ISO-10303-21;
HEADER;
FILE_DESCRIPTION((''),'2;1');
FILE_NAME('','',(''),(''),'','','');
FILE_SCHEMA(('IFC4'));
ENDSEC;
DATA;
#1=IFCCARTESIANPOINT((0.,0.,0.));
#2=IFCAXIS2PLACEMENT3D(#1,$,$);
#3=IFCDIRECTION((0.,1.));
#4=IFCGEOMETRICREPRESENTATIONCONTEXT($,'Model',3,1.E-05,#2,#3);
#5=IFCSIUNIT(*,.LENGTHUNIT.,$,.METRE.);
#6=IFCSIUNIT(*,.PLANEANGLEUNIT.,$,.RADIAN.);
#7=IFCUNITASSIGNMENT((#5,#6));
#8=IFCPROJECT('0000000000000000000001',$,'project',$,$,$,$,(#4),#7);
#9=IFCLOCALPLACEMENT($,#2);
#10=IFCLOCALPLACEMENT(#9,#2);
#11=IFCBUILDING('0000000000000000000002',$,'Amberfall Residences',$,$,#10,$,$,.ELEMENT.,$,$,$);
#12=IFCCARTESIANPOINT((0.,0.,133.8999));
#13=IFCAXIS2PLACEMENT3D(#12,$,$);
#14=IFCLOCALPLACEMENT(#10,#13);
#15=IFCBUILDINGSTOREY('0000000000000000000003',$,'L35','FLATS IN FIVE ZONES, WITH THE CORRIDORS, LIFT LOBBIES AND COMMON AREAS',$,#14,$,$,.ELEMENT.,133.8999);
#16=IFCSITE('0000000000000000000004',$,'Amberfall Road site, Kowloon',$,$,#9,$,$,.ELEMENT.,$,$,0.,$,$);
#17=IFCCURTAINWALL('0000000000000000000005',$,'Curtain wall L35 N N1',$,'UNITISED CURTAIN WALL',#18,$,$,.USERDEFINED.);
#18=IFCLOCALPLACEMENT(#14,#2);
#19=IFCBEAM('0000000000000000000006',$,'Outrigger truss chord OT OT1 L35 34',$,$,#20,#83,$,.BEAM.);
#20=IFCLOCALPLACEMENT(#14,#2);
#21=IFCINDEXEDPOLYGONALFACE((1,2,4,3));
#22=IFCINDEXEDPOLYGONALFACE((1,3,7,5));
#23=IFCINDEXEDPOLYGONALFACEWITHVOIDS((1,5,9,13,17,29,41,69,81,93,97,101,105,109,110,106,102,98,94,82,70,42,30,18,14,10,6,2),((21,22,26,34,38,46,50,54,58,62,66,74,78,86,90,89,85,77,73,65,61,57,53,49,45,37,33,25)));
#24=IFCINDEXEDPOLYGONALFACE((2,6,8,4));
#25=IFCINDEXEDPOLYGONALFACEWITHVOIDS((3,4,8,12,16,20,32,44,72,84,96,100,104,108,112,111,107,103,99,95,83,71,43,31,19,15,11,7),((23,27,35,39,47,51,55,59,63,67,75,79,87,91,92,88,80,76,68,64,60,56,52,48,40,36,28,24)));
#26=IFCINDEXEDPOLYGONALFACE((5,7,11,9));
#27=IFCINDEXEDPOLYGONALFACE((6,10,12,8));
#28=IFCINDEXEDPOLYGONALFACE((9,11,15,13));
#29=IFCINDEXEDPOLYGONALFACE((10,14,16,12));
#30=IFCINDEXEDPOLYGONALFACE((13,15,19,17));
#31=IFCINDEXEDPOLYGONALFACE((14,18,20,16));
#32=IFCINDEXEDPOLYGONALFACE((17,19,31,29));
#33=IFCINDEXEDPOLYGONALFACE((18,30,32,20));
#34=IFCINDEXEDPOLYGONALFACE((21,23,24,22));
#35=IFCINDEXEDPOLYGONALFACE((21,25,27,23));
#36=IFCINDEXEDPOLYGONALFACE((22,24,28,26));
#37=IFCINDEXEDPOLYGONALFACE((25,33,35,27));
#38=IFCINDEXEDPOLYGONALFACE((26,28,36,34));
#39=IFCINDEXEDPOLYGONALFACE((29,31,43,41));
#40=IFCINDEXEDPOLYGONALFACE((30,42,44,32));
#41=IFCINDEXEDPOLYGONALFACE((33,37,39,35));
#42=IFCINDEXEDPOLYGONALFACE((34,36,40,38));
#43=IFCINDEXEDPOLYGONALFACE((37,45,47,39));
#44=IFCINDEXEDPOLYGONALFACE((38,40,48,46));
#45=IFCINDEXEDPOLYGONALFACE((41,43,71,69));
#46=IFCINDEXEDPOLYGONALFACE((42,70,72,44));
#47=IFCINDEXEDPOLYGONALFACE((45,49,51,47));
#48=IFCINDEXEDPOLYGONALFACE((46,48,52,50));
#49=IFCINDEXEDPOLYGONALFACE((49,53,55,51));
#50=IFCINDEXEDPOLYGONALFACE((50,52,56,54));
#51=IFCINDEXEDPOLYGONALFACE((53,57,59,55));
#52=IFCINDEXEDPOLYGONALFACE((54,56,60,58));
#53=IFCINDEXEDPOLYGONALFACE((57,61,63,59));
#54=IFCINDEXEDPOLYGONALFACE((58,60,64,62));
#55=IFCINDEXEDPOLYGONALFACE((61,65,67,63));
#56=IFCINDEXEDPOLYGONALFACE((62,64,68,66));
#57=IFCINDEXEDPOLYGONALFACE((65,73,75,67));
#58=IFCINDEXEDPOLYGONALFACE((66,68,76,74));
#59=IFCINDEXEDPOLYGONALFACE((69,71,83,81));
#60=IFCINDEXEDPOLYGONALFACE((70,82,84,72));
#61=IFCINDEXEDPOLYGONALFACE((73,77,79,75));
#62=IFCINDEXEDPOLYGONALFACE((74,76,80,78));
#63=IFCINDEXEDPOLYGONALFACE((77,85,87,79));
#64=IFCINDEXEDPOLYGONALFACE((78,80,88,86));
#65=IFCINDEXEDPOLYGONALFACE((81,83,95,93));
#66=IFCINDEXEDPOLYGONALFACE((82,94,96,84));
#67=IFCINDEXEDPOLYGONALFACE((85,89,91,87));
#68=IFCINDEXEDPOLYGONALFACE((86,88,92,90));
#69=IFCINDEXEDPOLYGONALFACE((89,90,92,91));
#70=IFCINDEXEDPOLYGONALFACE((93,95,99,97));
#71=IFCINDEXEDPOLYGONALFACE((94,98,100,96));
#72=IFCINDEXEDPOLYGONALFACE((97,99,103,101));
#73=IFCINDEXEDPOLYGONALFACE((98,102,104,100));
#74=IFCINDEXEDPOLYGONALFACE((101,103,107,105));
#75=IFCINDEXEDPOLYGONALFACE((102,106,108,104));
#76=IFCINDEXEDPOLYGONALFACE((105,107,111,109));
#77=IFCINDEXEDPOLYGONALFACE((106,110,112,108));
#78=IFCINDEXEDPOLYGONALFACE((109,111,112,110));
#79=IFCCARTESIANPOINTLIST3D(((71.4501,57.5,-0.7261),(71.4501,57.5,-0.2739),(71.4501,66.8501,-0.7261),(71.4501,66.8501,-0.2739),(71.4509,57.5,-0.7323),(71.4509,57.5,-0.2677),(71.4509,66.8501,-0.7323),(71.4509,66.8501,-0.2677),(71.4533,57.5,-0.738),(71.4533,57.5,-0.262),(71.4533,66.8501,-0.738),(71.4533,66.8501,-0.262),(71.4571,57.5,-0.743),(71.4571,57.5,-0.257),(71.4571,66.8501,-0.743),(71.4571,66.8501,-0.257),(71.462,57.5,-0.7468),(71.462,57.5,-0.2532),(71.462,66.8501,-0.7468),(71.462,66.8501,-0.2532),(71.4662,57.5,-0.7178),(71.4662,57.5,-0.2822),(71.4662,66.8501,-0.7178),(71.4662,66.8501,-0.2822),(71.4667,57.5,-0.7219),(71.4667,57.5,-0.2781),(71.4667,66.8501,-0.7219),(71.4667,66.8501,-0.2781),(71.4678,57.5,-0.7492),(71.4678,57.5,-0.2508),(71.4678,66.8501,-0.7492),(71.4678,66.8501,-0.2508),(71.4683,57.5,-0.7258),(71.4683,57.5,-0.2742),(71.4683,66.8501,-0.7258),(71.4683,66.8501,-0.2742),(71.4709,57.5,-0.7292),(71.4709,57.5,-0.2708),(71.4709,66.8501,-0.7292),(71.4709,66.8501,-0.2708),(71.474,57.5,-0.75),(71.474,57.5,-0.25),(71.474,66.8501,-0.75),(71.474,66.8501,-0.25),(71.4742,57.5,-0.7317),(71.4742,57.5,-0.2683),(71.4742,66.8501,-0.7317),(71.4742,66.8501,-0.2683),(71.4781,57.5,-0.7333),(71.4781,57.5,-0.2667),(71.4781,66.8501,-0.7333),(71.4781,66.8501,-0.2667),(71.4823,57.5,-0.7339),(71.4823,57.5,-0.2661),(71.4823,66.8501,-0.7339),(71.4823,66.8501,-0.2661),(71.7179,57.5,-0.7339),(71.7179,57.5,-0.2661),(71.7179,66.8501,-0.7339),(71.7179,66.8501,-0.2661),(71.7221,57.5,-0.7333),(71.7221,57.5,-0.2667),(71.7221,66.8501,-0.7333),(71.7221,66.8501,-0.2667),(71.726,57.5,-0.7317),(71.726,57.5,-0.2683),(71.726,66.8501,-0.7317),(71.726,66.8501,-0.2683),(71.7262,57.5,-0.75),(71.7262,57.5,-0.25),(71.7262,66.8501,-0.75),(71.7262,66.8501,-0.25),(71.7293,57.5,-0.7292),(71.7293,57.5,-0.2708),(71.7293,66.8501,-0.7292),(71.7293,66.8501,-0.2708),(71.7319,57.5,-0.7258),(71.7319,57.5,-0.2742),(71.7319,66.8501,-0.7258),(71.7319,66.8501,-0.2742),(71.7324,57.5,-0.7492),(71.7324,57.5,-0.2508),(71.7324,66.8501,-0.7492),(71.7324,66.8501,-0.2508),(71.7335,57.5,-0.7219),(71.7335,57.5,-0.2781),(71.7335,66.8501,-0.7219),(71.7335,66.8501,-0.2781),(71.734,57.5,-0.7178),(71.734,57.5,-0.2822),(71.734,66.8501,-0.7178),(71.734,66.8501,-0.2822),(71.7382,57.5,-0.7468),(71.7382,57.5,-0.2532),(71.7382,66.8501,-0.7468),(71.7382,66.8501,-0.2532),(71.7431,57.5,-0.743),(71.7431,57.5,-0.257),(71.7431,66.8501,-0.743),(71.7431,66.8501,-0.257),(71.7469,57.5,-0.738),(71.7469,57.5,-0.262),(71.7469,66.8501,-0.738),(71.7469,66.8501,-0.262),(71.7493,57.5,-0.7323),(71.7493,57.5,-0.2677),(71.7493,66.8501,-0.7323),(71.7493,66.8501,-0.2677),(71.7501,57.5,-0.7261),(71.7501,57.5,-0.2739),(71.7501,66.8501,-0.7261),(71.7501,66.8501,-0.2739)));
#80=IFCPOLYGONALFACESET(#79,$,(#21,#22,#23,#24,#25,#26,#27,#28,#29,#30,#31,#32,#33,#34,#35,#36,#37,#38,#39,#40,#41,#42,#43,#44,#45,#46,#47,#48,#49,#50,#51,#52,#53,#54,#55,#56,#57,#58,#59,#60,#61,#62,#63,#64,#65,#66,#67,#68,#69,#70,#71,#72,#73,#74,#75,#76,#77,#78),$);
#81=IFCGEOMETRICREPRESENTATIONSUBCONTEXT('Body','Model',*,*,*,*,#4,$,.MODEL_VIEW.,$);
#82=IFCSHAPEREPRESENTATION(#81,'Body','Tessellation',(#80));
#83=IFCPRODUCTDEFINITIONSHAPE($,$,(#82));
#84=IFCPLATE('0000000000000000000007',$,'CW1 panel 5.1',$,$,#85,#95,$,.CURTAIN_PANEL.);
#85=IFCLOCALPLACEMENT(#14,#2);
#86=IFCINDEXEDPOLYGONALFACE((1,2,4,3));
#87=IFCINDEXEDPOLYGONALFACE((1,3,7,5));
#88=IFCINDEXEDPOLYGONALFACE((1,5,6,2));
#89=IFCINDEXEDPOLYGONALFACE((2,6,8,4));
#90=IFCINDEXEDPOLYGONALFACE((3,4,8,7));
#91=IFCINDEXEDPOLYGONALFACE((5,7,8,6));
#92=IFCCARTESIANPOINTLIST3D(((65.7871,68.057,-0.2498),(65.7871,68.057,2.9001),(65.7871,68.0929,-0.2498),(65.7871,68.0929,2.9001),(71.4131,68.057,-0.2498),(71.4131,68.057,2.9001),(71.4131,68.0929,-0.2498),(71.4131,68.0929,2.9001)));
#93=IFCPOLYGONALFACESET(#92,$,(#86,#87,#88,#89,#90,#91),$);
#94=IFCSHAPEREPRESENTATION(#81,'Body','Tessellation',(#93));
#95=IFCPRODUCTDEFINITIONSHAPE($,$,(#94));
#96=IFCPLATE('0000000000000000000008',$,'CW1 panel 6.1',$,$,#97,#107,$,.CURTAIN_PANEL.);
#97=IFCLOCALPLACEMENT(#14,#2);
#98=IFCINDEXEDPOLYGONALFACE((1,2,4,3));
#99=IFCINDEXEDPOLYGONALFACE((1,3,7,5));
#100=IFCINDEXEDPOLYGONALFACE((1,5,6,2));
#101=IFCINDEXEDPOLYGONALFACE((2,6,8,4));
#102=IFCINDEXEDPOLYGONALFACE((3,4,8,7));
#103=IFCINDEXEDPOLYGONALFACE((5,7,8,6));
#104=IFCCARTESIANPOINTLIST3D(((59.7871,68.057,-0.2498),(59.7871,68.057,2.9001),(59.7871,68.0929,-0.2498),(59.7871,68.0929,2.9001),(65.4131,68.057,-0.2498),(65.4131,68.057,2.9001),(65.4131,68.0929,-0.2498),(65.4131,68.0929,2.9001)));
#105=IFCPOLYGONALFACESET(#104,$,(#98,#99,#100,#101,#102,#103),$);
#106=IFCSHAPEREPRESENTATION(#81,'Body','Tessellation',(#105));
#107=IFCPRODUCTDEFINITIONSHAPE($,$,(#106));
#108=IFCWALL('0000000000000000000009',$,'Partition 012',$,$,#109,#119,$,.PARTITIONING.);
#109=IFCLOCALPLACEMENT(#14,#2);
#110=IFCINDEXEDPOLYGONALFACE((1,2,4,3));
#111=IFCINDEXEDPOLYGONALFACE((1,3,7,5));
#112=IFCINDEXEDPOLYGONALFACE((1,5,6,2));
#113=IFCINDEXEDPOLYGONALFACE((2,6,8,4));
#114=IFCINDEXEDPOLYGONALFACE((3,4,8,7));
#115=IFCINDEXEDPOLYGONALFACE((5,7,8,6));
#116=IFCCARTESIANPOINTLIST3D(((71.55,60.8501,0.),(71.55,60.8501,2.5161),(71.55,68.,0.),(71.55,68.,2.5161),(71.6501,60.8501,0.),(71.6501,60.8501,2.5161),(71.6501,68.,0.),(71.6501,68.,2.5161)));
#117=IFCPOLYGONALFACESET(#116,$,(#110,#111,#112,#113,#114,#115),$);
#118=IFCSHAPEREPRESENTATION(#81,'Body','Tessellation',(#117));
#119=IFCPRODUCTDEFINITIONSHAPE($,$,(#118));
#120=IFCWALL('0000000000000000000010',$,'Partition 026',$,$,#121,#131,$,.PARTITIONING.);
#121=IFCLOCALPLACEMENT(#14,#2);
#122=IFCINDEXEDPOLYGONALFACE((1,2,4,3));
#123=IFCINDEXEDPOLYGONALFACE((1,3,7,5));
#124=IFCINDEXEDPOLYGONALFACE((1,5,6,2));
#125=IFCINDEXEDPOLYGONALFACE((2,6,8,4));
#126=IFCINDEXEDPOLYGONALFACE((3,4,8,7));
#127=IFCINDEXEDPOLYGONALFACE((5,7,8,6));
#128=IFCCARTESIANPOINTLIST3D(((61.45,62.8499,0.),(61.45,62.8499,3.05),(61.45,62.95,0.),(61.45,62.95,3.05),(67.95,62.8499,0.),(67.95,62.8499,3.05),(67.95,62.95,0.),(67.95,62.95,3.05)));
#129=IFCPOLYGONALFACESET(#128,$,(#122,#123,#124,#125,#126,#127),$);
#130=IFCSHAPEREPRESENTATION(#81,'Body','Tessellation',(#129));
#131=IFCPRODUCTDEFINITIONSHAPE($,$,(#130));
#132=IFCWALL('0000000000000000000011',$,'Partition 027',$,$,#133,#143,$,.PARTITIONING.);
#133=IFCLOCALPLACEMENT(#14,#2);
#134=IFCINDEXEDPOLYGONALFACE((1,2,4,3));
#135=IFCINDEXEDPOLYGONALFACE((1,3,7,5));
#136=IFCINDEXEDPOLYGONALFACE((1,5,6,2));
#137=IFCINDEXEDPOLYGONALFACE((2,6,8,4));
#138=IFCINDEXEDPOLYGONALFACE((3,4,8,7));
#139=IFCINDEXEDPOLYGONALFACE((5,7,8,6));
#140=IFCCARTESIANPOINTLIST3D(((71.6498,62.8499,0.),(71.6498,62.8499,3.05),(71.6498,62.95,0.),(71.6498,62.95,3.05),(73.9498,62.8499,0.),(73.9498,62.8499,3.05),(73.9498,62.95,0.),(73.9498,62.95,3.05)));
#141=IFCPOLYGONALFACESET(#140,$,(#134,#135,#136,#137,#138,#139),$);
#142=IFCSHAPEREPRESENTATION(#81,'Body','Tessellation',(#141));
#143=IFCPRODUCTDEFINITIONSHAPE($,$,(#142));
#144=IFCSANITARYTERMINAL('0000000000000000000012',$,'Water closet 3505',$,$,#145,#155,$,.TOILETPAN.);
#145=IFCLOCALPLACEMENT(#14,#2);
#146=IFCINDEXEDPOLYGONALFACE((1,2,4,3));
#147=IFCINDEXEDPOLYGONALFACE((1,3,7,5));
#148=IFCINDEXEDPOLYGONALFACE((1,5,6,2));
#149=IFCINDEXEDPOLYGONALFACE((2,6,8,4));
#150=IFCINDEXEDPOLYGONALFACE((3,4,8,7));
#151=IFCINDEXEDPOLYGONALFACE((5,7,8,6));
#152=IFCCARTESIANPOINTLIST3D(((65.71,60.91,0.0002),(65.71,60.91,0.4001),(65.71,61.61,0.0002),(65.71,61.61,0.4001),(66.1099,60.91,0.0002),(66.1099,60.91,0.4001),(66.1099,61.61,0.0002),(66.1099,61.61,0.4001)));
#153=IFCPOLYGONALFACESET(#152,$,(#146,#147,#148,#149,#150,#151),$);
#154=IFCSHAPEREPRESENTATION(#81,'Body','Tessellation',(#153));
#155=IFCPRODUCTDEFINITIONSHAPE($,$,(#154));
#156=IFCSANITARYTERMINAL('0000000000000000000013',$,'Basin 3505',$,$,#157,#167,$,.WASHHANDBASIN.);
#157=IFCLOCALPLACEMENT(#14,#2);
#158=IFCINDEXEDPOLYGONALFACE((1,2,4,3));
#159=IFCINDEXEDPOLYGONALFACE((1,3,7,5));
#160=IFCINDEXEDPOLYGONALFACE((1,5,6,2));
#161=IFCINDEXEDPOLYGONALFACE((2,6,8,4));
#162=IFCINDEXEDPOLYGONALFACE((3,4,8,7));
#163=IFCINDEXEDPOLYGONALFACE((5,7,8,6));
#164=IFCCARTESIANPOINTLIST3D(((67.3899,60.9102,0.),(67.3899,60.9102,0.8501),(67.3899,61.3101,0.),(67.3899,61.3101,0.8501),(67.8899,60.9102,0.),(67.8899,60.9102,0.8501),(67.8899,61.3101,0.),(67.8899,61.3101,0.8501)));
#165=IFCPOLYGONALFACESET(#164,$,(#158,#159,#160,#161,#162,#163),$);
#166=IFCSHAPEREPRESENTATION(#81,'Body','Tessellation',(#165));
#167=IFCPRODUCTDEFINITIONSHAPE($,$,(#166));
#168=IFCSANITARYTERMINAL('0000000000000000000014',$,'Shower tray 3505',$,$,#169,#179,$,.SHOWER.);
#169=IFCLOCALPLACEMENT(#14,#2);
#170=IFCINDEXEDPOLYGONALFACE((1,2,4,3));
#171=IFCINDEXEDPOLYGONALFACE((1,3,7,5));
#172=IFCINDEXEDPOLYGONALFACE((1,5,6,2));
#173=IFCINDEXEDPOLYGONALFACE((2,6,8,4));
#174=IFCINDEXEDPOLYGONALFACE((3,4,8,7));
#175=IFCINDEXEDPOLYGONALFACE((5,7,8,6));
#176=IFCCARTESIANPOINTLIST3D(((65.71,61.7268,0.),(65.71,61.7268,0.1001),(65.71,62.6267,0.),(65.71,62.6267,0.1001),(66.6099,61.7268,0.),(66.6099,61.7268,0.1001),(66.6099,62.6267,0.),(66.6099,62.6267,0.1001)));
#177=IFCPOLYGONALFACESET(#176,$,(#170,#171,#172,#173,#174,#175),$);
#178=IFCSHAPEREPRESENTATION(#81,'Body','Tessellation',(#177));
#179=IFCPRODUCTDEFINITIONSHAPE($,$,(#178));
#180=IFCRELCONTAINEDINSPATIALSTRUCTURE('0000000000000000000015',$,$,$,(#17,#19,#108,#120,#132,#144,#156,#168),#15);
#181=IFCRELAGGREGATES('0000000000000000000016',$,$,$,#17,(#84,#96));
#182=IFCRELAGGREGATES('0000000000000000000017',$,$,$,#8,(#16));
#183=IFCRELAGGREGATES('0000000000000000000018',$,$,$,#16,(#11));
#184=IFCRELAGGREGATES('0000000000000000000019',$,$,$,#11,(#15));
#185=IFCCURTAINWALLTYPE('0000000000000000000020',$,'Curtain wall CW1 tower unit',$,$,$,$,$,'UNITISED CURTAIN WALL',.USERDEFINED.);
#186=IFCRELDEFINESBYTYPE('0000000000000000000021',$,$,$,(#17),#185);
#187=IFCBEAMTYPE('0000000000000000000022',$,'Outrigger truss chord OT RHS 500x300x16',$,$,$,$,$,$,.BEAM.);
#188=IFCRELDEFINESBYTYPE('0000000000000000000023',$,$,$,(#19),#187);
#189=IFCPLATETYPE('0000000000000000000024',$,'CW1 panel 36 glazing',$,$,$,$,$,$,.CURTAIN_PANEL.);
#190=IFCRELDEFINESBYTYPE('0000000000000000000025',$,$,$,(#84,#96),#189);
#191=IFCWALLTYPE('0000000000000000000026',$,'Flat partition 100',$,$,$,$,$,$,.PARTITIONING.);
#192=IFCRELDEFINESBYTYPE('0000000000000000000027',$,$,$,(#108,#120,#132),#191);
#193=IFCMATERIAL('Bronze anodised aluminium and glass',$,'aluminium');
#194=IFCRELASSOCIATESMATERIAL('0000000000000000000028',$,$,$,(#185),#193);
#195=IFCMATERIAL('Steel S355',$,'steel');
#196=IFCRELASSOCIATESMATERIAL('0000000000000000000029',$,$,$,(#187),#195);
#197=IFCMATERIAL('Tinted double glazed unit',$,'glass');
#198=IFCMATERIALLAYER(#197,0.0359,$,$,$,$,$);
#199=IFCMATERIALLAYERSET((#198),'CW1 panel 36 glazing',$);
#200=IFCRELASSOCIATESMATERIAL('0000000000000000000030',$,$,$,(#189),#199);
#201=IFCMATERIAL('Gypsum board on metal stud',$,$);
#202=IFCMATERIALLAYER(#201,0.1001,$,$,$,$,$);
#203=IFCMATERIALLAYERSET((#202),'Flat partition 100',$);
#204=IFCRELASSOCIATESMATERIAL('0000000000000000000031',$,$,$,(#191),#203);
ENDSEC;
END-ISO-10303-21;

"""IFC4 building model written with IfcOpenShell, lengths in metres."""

from ifc_helpers import new_model, si_unit, direction, frame, frame_2d, origin, origin_2d, place, context, subcontext, project, spatial, rectangle, hollow_rectangle, extrude, material, layer, layer_set, material_profile, profile_set, type_object, element, aggregate, save


model = new_model("IFC4")

# Units and contexts
model_context = context("Model", 3, precision=1e-05, world=origin(), true_north=direction((0.0, 1.0)))
body_context = subcontext(model_context, "Body", "Model", "MODEL_VIEW")
ifc_project = project(units=[si_unit("LENGTHUNIT", "METRE"), si_unit("PLANEANGLEUNIT", "RADIAN")], contexts=[model_context])

# Site, building, storey
site_placement = place(None, origin())
site = spatial("IfcSite", under=ifc_project, at=site_placement, Name="Amberfall Road site, Kowloon", CompositionType="ELEMENT", RefElevation=0.0)
building_placement = place(site_placement, origin())
building = spatial("IfcBuilding", under=site, at=building_placement, Name="Amberfall Residences", CompositionType="ELEMENT")
storey_placement = place(building_placement, frame((0.0, 0.0, 133.8999)))
storey = spatial("IfcBuildingStorey", under=building, at=storey_placement, Name="L35", Description="FLATS IN FIVE ZONES, WITH THE CORRIDORS, LIFT LOBBIES AND COMMON AREAS", CompositionType="ELEMENT", Elevation=133.8999)

# Shared definitions
ifc_material_1 = material(Name="Steel S355", Category="steel")

# Curtain wall
ifc_material_2 = material(Name="Bronze anodised aluminium and glass", Category="aluminium")
curtain_wall_type = type_object("IfcCurtainWallType", Name="Curtain wall CW1 tower unit", ElementType="UNITISED CURTAIN WALL", PredefinedType="USERDEFINED", material=ifc_material_2)
curtain_wall_placement = place(storey_placement, origin())
curtain_wall = element("IfcCurtainWall", 1, at=curtain_wall_placement, inside=storey, type_object=curtain_wall_type, Name="Curtain wall L35 N N1", ObjectType="UNITISED CURTAIN WALL", PredefinedType="USERDEFINED")

# Beam
ifc_material_profile_1 = material_profile(ifc_material_1, hollow_rectangle(XDim=0.3, YDim=0.5, WallThickness=0.0161, InnerFilletRadius=0.0161, OuterFilletRadius=0.0239, at=origin_2d()), Name="RHS 500x300x16")
ifc_profile_set_1 = profile_set([ifc_material_profile_1], Name="Steel S355")
beam_type_1 = type_object("IfcBeamType", Name="Outrigger truss chord OT RHS 500x300x16", PredefinedType="BEAM", material=ifc_profile_set_1)
beam_1_placement = place(storey_placement, frame((71.6001, 66.8501, -0.5), z_axis=(0.0, -1.0, 0.0), x_axis=(1.0, 0.0, 0.0)))
element("IfcBeam", 2, at=beam_1_placement, inside=storey, type_object=beam_type_1, Name="Outrigger truss chord OT OT1 L35 34", PredefinedType="BEAM", context=body_context, shape_type="SweptSolid", body=[
    extrude(hollow_rectangle(XDim=0.3, YDim=0.5, WallThickness=0.0161, InnerFilletRadius=0.0161, OuterFilletRadius=0.0239, at=origin_2d()), origin(), (0.0, 0.0, 1.0), 9.3501),
])

# Plates
ifc_material_3 = material(Name="Tinted double glazed unit", Category="glass")
ifc_layer_1 = layer(ifc_material_3, 0.0359)
ifc_layer_set_1 = layer_set([ifc_layer_1], Name="CW1 panel 36 glazing")
plate_type = type_object("IfcPlateType", Name="CW1 panel 36 glazing", PredefinedType="CURTAIN_PANEL", material=ifc_layer_set_1)
plate_1_placement = place(storey_placement, frame((68.6001, 68.075, -0.2498), z_axis=(0.0, 0.0, 1.0), x_axis=(-1.0, 0.0, 0.0)))
plate_1 = element("IfcPlate", 3, at=plate_1_placement, type_object=plate_type, Name="CW1 panel 5.1", PredefinedType="CURTAIN_PANEL", context=body_context, shape_type="SweptSolid", body=[
    extrude(rectangle(XDim=5.626, YDim=0.0359, at=origin_2d()), origin(), (0.0, 0.0, 1.0), 3.1499),
])
plate_2_placement = place(storey_placement, frame((62.6001, 68.075, -0.2498), z_axis=(0.0, 0.0, 1.0), x_axis=(-1.0, 0.0, 0.0)))
plate_2 = element("IfcPlate", 4, at=plate_2_placement, type_object=plate_type, Name="CW1 panel 6.1", PredefinedType="CURTAIN_PANEL", context=body_context, shape_type="SweptSolid", body=[
    extrude(rectangle(XDim=5.626, YDim=0.0359, at=origin_2d()), origin(), (0.0, 0.0, 1.0), 3.1499),
])
aggregate(curtain_wall, [plate_1, plate_2])

# Walls
ifc_material_4 = material(Name="Gypsum board on metal stud")
ifc_layer_2 = layer(ifc_material_4, 0.1001)
ifc_layer_set_2 = layer_set([ifc_layer_2], Name="Flat partition 100")
wall_type = type_object("IfcWallType", Name="Flat partition 100", PredefinedType="PARTITIONING", material=ifc_layer_set_2)
wall_1_placement = place(storey_placement, frame((71.6001, 60.8501, 0.0), z_axis=(0.0, 0.0, 1.0), x_axis=(0.0, 1.0, 0.0)))
element("IfcWall", 5, at=wall_1_placement, inside=storey, type_object=wall_type, Name="Partition 012", PredefinedType="PARTITIONING", context=body_context, shape_type="SweptSolid", body=[
    extrude(rectangle(XDim=7.1499, YDim=0.1001, at=frame_2d((3.575, 0.0))), origin(), (0.0, 0.0, 1.0), 2.5161),
])
wall_2_placement = place(storey_placement, frame((61.45, 62.8999, 0.0), z_axis=(0.0, 0.0, 1.0), x_axis=(1.0, 0.0, 0.0)))
element("IfcWall", 6, at=wall_2_placement, inside=storey, type_object=wall_type, Name="Partition 026", PredefinedType="PARTITIONING", context=body_context, shape_type="SweptSolid", body=[
    extrude(rectangle(XDim=6.5, YDim=0.1001, at=frame_2d((3.25, 0.0))), origin(), (0.0, 0.0, 1.0), 3.05),
])
wall_3_placement = place(storey_placement, frame((71.6499, 62.8999, 0.0), z_axis=(0.0, 0.0, 1.0), x_axis=(1.0, 0.0, 0.0)))
element("IfcWall", 7, at=wall_3_placement, inside=storey, type_object=wall_type, Name="Partition 027", PredefinedType="PARTITIONING", context=body_context, shape_type="SweptSolid", body=[
    extrude(rectangle(XDim=2.3, YDim=0.1001, at=frame_2d((1.1499, 0.0))), origin(), (0.0, 0.0, 1.0), 3.05),
])

# Sanitary terminals
sanitary_terminal_1_placement = place(storey_placement, frame((65.9099, 61.26, 0.0002), z_axis=(0.0, 0.0, 1.0), x_axis=(1.0, 0.0, 0.0)))
element("IfcSanitaryTerminal", 8, at=sanitary_terminal_1_placement, inside=storey, Name="Water closet 3505", PredefinedType="TOILETPAN", context=body_context, shape_type="SweptSolid", body=[
    extrude(rectangle(XDim=0.3999, YDim=0.7, at=origin_2d()), origin(), (0.0, 0.0, 1.0), 0.3999),
])
sanitary_terminal_2_placement = place(storey_placement, frame((67.6399, 61.1101, 0.0), z_axis=(0.0, 0.0, 1.0), x_axis=(1.0, 0.0, 0.0)))
element("IfcSanitaryTerminal", 9, at=sanitary_terminal_2_placement, inside=storey, Name="Basin 3505", PredefinedType="WASHHANDBASIN", context=body_context, shape_type="SweptSolid", body=[
    extrude(rectangle(XDim=0.5, YDim=0.3999, at=origin_2d()), origin(), (0.0, 0.0, 1.0), 0.8501),
])
sanitary_terminal_3_placement = place(storey_placement, frame((66.1599, 62.1768, 0.0), z_axis=(0.0, 0.0, 1.0), x_axis=(1.0, 0.0, 0.0)))
element("IfcSanitaryTerminal", 10, at=sanitary_terminal_3_placement, inside=storey, Name="Shower tray 3505", PredefinedType="SHOWER", context=body_context, shape_type="SweptSolid", body=[
    extrude(rectangle(XDim=0.8999, YDim=0.8999, at=origin_2d()), origin(), (0.0, 0.0, 1.0), 0.1001),
])

save(model, "model.ifc")
